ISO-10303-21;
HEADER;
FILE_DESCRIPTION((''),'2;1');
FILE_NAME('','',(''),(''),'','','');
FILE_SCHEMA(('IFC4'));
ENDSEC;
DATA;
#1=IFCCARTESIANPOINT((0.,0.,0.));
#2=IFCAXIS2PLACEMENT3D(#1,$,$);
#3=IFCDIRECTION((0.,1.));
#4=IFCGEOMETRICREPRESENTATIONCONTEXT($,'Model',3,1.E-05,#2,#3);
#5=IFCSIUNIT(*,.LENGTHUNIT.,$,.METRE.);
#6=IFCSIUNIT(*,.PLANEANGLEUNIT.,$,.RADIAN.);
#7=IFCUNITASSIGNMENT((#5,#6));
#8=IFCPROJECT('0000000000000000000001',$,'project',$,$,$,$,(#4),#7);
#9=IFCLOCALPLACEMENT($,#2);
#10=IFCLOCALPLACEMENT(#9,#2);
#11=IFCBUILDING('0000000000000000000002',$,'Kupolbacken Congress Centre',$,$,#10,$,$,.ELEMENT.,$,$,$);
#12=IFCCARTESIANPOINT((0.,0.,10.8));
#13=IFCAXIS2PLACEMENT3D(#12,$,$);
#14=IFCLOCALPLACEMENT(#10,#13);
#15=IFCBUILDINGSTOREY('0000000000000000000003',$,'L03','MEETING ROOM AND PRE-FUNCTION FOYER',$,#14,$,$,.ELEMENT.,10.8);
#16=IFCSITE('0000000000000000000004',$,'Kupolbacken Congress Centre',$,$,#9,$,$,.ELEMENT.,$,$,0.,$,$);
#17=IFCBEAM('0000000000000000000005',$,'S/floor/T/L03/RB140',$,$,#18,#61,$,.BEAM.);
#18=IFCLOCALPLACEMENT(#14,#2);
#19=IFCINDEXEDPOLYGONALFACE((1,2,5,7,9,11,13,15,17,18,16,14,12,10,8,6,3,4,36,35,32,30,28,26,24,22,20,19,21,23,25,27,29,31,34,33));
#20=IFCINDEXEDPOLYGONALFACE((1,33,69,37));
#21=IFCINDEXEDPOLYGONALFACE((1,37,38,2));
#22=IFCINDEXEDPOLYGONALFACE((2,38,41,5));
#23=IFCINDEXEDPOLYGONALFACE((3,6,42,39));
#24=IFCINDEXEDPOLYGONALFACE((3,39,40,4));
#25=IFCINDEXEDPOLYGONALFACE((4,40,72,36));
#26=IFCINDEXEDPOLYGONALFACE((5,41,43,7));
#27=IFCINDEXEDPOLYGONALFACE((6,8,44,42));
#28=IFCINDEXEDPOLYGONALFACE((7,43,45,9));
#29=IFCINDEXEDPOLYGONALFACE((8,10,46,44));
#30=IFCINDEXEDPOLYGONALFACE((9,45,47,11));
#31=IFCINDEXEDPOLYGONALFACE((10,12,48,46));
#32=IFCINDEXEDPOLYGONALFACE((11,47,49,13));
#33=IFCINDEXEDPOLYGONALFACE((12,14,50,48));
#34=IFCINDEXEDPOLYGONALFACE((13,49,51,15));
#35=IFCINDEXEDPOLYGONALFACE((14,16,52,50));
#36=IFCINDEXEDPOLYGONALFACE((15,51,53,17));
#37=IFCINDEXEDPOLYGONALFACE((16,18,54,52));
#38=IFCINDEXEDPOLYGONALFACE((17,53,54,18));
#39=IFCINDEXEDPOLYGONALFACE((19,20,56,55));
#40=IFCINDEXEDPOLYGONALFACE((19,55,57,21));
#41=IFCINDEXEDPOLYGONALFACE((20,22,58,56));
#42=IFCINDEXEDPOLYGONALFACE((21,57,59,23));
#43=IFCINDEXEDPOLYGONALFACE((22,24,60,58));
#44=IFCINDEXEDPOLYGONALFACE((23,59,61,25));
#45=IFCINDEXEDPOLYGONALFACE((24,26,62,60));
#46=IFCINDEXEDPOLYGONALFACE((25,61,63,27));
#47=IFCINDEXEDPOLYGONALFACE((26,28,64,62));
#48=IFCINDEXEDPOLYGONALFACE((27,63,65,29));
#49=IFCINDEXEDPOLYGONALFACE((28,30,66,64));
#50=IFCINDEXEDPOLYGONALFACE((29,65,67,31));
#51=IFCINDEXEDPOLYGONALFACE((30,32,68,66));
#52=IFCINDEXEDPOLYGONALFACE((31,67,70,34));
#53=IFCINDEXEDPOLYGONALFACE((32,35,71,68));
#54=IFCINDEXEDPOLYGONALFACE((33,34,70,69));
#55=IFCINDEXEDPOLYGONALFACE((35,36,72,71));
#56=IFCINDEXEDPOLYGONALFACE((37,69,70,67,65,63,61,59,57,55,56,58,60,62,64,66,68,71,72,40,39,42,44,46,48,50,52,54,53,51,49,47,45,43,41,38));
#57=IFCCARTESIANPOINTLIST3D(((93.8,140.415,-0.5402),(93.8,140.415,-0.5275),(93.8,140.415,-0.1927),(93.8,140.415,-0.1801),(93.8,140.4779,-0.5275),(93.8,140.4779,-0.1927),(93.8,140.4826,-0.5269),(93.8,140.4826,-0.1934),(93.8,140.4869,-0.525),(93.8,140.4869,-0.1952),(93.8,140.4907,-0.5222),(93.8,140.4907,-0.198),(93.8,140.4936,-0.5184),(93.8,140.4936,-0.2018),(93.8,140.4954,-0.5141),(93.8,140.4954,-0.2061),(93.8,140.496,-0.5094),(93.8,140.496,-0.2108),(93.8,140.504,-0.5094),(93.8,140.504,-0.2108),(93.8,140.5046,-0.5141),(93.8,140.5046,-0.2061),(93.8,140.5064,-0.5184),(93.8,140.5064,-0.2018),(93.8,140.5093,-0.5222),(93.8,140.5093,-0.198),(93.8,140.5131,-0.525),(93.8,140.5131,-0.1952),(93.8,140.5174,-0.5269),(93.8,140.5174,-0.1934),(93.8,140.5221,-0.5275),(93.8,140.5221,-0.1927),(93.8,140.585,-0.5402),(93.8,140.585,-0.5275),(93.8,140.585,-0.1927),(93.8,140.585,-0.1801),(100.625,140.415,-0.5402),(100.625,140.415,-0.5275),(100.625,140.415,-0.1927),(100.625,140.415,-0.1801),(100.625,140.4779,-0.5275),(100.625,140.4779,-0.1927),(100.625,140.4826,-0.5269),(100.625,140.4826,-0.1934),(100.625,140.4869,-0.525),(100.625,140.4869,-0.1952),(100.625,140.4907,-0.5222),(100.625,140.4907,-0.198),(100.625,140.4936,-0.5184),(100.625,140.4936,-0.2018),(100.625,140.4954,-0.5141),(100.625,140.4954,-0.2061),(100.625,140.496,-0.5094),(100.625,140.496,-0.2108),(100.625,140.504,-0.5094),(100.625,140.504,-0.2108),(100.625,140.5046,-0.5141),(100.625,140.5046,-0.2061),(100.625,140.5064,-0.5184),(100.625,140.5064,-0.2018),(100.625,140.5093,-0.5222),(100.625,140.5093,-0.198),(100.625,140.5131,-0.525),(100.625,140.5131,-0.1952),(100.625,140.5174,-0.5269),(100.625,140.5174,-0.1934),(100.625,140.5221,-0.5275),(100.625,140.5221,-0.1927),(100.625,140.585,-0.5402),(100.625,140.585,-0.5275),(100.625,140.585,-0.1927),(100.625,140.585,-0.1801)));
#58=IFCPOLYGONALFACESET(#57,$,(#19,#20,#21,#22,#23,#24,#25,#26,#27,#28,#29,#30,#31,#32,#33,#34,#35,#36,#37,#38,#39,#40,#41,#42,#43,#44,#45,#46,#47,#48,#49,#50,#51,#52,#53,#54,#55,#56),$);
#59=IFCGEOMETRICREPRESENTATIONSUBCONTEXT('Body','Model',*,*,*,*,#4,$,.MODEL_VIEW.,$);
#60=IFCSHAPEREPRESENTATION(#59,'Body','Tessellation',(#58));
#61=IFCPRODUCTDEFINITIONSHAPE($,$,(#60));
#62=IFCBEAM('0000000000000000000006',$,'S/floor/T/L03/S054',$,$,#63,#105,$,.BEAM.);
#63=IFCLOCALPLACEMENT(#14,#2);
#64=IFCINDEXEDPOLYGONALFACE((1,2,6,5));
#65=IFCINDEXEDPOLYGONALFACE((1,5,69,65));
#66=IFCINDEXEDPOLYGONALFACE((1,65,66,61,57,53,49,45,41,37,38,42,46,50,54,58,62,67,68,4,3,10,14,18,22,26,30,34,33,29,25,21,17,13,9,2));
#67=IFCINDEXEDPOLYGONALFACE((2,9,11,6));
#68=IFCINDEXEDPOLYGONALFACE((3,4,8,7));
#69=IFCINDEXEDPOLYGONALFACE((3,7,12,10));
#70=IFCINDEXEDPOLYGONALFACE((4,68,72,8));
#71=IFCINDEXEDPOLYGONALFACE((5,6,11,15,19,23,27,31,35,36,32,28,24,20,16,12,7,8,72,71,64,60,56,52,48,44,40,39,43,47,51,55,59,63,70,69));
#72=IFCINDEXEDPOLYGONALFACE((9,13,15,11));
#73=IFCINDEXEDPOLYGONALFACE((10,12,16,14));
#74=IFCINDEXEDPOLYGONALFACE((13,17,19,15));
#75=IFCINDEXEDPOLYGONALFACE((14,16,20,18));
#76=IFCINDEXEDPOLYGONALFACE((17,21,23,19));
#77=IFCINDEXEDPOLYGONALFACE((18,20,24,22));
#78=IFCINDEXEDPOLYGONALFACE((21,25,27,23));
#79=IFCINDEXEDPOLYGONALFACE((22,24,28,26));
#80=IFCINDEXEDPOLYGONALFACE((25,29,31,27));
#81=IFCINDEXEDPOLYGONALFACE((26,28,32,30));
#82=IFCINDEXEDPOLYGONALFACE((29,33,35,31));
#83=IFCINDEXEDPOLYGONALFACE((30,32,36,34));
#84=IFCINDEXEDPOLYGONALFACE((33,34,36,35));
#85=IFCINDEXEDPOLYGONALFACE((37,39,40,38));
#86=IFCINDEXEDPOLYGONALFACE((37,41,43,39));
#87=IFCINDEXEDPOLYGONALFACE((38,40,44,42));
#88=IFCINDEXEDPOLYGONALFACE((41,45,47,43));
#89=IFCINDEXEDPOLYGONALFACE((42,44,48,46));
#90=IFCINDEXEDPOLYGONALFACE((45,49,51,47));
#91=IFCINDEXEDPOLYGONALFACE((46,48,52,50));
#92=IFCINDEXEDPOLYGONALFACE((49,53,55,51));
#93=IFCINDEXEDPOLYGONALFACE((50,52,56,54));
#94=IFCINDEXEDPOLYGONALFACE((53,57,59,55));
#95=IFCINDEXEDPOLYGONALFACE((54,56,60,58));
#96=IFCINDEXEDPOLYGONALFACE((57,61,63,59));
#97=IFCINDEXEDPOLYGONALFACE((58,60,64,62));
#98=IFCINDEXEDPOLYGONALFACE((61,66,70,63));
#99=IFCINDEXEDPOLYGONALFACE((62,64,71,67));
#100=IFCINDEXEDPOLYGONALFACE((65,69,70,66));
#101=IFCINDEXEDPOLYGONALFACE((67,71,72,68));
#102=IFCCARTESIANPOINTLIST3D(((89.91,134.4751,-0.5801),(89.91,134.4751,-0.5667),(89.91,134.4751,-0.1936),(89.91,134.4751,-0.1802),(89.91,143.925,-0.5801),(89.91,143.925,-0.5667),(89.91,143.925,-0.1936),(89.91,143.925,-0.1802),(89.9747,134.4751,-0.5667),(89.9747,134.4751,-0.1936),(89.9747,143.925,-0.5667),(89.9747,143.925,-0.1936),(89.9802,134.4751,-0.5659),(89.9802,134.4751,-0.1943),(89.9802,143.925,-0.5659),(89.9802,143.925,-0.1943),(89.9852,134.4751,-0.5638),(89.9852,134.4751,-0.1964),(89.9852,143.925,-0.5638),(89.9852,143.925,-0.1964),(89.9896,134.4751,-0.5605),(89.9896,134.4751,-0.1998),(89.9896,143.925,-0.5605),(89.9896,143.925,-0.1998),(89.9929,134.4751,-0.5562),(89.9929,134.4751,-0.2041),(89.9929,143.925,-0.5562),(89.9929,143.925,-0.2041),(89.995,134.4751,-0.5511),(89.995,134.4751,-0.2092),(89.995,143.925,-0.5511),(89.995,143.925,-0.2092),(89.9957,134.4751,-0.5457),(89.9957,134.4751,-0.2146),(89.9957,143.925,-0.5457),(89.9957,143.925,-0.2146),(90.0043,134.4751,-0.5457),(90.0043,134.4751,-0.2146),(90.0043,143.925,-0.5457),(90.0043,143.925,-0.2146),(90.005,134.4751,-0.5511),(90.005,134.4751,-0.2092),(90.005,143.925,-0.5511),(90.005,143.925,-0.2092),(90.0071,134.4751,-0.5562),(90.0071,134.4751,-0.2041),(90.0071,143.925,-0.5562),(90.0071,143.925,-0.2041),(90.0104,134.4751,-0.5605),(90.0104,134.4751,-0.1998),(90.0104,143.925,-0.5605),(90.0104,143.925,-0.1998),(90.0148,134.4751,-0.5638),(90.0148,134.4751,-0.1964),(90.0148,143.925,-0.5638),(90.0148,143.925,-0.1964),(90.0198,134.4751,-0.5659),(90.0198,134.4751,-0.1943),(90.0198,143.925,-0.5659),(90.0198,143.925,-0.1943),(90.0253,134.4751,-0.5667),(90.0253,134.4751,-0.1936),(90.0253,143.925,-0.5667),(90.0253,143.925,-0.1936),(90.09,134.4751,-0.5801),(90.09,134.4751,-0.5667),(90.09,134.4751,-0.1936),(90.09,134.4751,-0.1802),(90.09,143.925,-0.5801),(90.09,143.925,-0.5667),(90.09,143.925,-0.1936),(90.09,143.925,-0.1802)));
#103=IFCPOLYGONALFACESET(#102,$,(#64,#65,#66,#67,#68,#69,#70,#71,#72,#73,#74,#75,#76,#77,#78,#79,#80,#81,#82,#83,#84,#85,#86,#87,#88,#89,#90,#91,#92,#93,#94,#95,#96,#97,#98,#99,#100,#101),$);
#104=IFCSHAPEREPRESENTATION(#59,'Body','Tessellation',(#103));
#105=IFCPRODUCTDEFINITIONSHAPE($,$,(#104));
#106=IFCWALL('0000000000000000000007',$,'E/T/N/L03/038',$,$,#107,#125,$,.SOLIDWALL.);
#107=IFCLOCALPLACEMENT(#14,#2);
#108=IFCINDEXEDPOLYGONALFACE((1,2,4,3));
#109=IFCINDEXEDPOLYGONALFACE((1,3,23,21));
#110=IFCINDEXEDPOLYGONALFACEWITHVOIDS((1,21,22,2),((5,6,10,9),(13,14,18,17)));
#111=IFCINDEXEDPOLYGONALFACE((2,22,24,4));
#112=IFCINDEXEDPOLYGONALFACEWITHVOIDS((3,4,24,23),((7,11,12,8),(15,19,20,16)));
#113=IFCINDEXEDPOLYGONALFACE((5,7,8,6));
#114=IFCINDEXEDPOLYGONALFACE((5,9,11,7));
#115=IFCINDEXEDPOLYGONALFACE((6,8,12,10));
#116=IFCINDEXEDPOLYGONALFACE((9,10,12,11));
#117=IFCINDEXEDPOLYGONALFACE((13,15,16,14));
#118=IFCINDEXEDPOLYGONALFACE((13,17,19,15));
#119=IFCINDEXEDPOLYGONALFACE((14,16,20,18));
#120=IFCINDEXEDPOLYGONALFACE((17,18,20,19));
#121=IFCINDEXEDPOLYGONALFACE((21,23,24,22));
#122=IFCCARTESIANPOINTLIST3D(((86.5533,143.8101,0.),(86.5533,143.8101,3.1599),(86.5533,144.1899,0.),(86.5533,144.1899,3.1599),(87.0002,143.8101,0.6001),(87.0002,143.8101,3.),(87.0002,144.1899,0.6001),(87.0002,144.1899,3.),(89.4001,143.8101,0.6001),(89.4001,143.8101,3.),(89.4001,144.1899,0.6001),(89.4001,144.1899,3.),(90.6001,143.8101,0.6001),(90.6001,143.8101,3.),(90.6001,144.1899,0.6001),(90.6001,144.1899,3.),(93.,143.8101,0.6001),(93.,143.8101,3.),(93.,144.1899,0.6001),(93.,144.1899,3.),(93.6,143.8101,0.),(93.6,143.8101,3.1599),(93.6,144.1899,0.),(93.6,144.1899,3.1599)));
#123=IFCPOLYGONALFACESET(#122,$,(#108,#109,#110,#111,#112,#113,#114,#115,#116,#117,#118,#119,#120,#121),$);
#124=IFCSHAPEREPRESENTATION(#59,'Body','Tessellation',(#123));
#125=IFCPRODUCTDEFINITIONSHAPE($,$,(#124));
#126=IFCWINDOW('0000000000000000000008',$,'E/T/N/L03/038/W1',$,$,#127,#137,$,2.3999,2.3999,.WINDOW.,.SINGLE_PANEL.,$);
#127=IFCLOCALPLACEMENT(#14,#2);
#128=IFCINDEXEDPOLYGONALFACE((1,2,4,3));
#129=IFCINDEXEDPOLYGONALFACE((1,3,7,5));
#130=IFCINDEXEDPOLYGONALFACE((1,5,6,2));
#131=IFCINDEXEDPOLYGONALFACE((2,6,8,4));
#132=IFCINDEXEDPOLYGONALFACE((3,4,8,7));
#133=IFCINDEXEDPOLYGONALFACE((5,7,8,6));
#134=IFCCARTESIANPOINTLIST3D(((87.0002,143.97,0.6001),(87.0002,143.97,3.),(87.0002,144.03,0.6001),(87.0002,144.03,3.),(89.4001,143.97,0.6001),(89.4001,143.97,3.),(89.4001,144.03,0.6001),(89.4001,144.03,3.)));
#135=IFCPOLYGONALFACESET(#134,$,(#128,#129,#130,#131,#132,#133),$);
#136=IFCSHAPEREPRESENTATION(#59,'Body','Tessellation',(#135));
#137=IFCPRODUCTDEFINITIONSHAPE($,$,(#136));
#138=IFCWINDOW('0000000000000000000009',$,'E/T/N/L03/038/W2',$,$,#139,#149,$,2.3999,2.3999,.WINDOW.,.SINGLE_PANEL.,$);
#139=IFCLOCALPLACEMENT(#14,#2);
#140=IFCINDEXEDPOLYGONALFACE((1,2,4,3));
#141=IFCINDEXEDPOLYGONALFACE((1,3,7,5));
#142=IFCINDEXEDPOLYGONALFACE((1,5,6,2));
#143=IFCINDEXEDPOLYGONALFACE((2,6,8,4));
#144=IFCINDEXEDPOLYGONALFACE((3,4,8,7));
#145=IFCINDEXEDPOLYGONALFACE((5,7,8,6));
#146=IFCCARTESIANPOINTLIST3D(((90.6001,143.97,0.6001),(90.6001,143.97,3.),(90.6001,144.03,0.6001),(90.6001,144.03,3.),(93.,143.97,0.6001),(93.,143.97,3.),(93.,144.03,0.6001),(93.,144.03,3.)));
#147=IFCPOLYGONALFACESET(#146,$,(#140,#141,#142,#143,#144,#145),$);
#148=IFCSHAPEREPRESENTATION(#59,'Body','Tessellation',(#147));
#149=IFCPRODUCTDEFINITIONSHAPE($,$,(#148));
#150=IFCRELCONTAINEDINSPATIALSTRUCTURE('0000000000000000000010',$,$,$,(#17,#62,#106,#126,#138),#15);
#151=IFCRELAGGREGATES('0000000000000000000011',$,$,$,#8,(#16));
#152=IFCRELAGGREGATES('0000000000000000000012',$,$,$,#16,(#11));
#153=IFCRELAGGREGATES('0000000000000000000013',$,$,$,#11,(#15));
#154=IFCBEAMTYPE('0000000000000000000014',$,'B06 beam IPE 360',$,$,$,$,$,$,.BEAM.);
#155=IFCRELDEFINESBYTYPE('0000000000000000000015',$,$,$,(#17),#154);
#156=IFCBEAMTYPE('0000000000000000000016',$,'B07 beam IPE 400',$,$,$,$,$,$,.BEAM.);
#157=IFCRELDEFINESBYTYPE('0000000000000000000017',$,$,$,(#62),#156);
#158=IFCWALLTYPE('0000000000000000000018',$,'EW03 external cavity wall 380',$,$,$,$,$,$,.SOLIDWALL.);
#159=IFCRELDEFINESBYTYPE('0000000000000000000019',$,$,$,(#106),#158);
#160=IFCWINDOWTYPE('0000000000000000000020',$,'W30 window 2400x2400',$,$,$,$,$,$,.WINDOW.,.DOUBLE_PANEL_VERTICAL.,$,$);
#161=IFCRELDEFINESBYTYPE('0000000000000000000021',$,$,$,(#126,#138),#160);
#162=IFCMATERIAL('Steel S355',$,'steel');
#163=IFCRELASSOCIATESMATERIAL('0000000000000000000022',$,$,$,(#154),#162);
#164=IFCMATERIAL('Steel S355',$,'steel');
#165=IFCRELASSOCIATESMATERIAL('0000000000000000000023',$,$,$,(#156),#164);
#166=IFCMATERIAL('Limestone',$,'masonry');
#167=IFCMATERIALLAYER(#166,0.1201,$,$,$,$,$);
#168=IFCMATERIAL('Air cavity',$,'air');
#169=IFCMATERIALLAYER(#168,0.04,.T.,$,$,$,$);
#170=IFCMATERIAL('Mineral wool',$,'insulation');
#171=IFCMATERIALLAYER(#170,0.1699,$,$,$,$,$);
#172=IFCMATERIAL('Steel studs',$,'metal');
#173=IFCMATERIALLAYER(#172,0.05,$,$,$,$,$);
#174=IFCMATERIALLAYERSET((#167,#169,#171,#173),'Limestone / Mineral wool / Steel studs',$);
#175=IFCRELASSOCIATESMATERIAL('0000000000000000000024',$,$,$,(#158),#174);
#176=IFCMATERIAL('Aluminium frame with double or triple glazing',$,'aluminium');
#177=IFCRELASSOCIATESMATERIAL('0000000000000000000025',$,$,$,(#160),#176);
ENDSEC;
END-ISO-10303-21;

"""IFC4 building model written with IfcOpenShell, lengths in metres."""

from ifc_helpers import new_model, si_unit, direction, frame, frame_2d, origin, origin_2d, place, context, subcontext, project, spatial, rectangle, i_section, extrude, material, layer, layer_set, material_profile, profile_set, type_object, element, fill, save


model = new_model("IFC4")

# Units and contexts
model_context = context("Model", 3, precision=1e-05, world=origin(), true_north=direction((0.0, 1.0)))
body_context = subcontext(model_context, "Body", "Model", "MODEL_VIEW")
ifc_project = project(units=[si_unit("LENGTHUNIT", "METRE"), si_unit("PLANEANGLEUNIT", "RADIAN")], contexts=[model_context])

# Site, building, storey
site_placement = place(None, origin())
site = spatial("IfcSite", under=ifc_project, at=site_placement, Name="Kupolbacken Congress Centre", CompositionType="ELEMENT", RefElevation=0.0)
building_placement = place(site_placement, origin())
building = spatial("IfcBuilding", under=site, at=building_placement, Name="Kupolbacken Congress Centre", CompositionType="ELEMENT")
storey_placement = place(building_placement, frame((0.0, 0.0, 10.8)))
storey = spatial("IfcBuildingStorey", under=building, at=storey_placement, Name="L03", Description="MEETING ROOM AND PRE-FUNCTION FOYER", CompositionType="ELEMENT", Elevation=10.8)

# Beams
ifc_material_1 = material(Name="Steel S355", Category="steel")
ifc_material_profile_1 = material_profile(ifc_material_1, i_section(OverallWidth=0.1699, OverallDepth=0.3601, WebThickness=0.0081, FlangeThickness=0.0127, FilletRadius=0.0181, at=origin_2d()), Name="IPE 360")
ifc_profile_set_1 = profile_set([ifc_material_profile_1], Name="Steel S355")
beam_type_1 = type_object("IfcBeamType", Name="B06 beam IPE 360", PredefinedType="BEAM", material=ifc_profile_set_1)
beam_1_placement = place(storey_placement, frame((93.8, 140.5, -0.3601), z_axis=(1.0, 0.0, 0.0), x_axis=(0.0, 1.0, 0.0)))
element("IfcBeam", 1, at=beam_1_placement, inside=storey, type_object=beam_type_1, Name="S/floor/T/L03/RB140", PredefinedType="BEAM", context=body_context, shape_type="SweptSolid", body=[
    extrude(i_section(OverallWidth=0.1699, OverallDepth=0.3601, WebThickness=0.0081, FlangeThickness=0.0127, FilletRadius=0.0181, at=origin_2d()), origin(), (0.0, 0.0, 1.0), 6.825),
])
ifc_material_2 = material(Name="Steel S355", Category="steel")
ifc_material_profile_2 = material_profile(ifc_material_2, i_section(OverallWidth=0.1799, OverallDepth=0.3999, WebThickness=0.0085, FlangeThickness=0.0134, FilletRadius=0.021, at=origin_2d()), Name="IPE 400")
ifc_profile_set_2 = profile_set([ifc_material_profile_2], Name="Steel S355")
beam_type_2 = type_object("IfcBeamType", Name="B07 beam IPE 400", PredefinedType="BEAM", material=ifc_profile_set_2)
beam_2_placement = place(storey_placement, frame((90.0, 134.4751, -0.3801), z_axis=(0.0, 1.0, 0.0), x_axis=(-1.0, 0.0, 0.0)))
element("IfcBeam", 2, at=beam_2_placement, inside=storey, type_object=beam_type_2, Name="S/floor/T/L03/S054", PredefinedType="BEAM", context=body_context, shape_type="SweptSolid", body=[
    extrude(i_section(OverallWidth=0.1799, OverallDepth=0.3999, WebThickness=0.0085, FlangeThickness=0.0134, FilletRadius=0.021, at=origin_2d()), origin(), (0.0, 0.0, 1.0), 9.45),
])

# Wall, openings, windows
ifc_material_3 = material(Name="Limestone", Category="masonry")
ifc_layer_1 = layer(ifc_material_3, 0.1201)
ifc_material_4 = material(Name="Air cavity", Category="air")
ifc_layer_2 = layer(ifc_material_4, 0.04, ventilated=True)
ifc_material_5 = material(Name="Mineral wool", Category="insulation")
ifc_layer_3 = layer(ifc_material_5, 0.1699)
ifc_material_6 = material(Name="Steel studs", Category="metal")
ifc_layer_4 = layer(ifc_material_6, 0.05)
ifc_layer_set_1 = layer_set([ifc_layer_1, ifc_layer_2, ifc_layer_3, ifc_layer_4], Name="Limestone / Mineral wool / Steel studs")
wall_type_1 = type_object("IfcWallType", Name="EW03 external cavity wall 380", PredefinedType="SOLIDWALL", material=ifc_layer_set_1)
wall_1_placement = place(storey_placement, frame((93.6001, 144.0, 0.0), z_axis=(0.0, 0.0, 1.0), x_axis=(-1.0, 0.0, 0.0)))
wall_1 = element("IfcWall", 3, at=wall_1_placement, inside=storey, type_object=wall_type_1, Name="E/T/N/L03/038", PredefinedType="SOLIDWALL", context=body_context, shape_type="SweptSolid", body=[
    extrude(rectangle(XDim=7.0466, YDim=0.3799, at=frame_2d((3.5234, 0.0))), origin(), (0.0, 0.0, 1.0), 3.1599),
])
opening_1_placement = place(wall_1_placement, frame((4.2, 0.0, 0.6001)))
opening_1 = element("IfcOpeningElement", 4, at=opening_1_placement, cuts=wall_1, PredefinedType="OPENING", context=body_context, shape_type="SweptSolid", body=[
    extrude(rectangle(XDim=2.3999, YDim=2.3999, at=frame_2d((1.2, 1.2))), frame((0.0, 0.2, 0.0), z_axis=(0.0, -1.0, 0.0), x_axis=(1.0, 0.0, 0.0)), (0.0, 0.0, 1.0), 0.3999),
])
opening_2_placement = place(wall_1_placement, frame((0.6001, 0.0, 0.6001)))
opening_2 = element("IfcOpeningElement", 5, at=opening_2_placement, cuts=wall_1, PredefinedType="OPENING", context=body_context, shape_type="SweptSolid", body=[
    extrude(rectangle(XDim=2.3999, YDim=2.3999, at=frame_2d((1.2, 1.2))), frame((0.0, 0.2, 0.0), z_axis=(0.0, -1.0, 0.0), x_axis=(1.0, 0.0, 0.0)), (0.0, 0.0, 1.0), 0.3999),
])
ifc_material_7 = material(Name="Aluminium frame with double or triple glazing", Category="aluminium")
window_type = type_object("IfcWindowType", Name="W30 window 2400x2400", PartitioningType="DOUBLE_PANEL_VERTICAL", PredefinedType="WINDOW", material=ifc_material_7)
window_1_placement = place(opening_1_placement, origin())
window_1 = element("IfcWindow", 6, at=window_1_placement, inside=storey, type_object=window_type, Name="E/T/N/L03/038/W1", OverallHeight=2.3999, OverallWidth=2.3999, PartitioningType="SINGLE_PANEL", PredefinedType="WINDOW", context=body_context, shape_type="SweptSolid", body=[
    extrude(rectangle(XDim=2.3999, YDim=2.3999, at=frame_2d((1.2, 1.2))), frame((0.0, 0.03, 0.0), z_axis=(0.0, -1.0, 0.0), x_axis=(1.0, 0.0, 0.0)), (0.0, 0.0, 1.0), 0.0601),
])
fill(opening_1, window_1)
window_2_placement = place(opening_2_placement, origin())
window_2 = element("IfcWindow", 7, at=window_2_placement, inside=storey, type_object=window_type, Name="E/T/N/L03/038/W2", OverallHeight=2.3999, OverallWidth=2.3999, PartitioningType="SINGLE_PANEL", PredefinedType="WINDOW", context=body_context, shape_type="SweptSolid", body=[
    extrude(rectangle(XDim=2.3999, YDim=2.3999, at=frame_2d((1.2, 1.2))), frame((0.0, 0.03, 0.0), z_axis=(0.0, -1.0, 0.0), x_axis=(1.0, 0.0, 0.0)), (0.0, 0.0, 1.0), 0.0601),
])
fill(opening_2, window_2)

save(model, "model.ifc")
